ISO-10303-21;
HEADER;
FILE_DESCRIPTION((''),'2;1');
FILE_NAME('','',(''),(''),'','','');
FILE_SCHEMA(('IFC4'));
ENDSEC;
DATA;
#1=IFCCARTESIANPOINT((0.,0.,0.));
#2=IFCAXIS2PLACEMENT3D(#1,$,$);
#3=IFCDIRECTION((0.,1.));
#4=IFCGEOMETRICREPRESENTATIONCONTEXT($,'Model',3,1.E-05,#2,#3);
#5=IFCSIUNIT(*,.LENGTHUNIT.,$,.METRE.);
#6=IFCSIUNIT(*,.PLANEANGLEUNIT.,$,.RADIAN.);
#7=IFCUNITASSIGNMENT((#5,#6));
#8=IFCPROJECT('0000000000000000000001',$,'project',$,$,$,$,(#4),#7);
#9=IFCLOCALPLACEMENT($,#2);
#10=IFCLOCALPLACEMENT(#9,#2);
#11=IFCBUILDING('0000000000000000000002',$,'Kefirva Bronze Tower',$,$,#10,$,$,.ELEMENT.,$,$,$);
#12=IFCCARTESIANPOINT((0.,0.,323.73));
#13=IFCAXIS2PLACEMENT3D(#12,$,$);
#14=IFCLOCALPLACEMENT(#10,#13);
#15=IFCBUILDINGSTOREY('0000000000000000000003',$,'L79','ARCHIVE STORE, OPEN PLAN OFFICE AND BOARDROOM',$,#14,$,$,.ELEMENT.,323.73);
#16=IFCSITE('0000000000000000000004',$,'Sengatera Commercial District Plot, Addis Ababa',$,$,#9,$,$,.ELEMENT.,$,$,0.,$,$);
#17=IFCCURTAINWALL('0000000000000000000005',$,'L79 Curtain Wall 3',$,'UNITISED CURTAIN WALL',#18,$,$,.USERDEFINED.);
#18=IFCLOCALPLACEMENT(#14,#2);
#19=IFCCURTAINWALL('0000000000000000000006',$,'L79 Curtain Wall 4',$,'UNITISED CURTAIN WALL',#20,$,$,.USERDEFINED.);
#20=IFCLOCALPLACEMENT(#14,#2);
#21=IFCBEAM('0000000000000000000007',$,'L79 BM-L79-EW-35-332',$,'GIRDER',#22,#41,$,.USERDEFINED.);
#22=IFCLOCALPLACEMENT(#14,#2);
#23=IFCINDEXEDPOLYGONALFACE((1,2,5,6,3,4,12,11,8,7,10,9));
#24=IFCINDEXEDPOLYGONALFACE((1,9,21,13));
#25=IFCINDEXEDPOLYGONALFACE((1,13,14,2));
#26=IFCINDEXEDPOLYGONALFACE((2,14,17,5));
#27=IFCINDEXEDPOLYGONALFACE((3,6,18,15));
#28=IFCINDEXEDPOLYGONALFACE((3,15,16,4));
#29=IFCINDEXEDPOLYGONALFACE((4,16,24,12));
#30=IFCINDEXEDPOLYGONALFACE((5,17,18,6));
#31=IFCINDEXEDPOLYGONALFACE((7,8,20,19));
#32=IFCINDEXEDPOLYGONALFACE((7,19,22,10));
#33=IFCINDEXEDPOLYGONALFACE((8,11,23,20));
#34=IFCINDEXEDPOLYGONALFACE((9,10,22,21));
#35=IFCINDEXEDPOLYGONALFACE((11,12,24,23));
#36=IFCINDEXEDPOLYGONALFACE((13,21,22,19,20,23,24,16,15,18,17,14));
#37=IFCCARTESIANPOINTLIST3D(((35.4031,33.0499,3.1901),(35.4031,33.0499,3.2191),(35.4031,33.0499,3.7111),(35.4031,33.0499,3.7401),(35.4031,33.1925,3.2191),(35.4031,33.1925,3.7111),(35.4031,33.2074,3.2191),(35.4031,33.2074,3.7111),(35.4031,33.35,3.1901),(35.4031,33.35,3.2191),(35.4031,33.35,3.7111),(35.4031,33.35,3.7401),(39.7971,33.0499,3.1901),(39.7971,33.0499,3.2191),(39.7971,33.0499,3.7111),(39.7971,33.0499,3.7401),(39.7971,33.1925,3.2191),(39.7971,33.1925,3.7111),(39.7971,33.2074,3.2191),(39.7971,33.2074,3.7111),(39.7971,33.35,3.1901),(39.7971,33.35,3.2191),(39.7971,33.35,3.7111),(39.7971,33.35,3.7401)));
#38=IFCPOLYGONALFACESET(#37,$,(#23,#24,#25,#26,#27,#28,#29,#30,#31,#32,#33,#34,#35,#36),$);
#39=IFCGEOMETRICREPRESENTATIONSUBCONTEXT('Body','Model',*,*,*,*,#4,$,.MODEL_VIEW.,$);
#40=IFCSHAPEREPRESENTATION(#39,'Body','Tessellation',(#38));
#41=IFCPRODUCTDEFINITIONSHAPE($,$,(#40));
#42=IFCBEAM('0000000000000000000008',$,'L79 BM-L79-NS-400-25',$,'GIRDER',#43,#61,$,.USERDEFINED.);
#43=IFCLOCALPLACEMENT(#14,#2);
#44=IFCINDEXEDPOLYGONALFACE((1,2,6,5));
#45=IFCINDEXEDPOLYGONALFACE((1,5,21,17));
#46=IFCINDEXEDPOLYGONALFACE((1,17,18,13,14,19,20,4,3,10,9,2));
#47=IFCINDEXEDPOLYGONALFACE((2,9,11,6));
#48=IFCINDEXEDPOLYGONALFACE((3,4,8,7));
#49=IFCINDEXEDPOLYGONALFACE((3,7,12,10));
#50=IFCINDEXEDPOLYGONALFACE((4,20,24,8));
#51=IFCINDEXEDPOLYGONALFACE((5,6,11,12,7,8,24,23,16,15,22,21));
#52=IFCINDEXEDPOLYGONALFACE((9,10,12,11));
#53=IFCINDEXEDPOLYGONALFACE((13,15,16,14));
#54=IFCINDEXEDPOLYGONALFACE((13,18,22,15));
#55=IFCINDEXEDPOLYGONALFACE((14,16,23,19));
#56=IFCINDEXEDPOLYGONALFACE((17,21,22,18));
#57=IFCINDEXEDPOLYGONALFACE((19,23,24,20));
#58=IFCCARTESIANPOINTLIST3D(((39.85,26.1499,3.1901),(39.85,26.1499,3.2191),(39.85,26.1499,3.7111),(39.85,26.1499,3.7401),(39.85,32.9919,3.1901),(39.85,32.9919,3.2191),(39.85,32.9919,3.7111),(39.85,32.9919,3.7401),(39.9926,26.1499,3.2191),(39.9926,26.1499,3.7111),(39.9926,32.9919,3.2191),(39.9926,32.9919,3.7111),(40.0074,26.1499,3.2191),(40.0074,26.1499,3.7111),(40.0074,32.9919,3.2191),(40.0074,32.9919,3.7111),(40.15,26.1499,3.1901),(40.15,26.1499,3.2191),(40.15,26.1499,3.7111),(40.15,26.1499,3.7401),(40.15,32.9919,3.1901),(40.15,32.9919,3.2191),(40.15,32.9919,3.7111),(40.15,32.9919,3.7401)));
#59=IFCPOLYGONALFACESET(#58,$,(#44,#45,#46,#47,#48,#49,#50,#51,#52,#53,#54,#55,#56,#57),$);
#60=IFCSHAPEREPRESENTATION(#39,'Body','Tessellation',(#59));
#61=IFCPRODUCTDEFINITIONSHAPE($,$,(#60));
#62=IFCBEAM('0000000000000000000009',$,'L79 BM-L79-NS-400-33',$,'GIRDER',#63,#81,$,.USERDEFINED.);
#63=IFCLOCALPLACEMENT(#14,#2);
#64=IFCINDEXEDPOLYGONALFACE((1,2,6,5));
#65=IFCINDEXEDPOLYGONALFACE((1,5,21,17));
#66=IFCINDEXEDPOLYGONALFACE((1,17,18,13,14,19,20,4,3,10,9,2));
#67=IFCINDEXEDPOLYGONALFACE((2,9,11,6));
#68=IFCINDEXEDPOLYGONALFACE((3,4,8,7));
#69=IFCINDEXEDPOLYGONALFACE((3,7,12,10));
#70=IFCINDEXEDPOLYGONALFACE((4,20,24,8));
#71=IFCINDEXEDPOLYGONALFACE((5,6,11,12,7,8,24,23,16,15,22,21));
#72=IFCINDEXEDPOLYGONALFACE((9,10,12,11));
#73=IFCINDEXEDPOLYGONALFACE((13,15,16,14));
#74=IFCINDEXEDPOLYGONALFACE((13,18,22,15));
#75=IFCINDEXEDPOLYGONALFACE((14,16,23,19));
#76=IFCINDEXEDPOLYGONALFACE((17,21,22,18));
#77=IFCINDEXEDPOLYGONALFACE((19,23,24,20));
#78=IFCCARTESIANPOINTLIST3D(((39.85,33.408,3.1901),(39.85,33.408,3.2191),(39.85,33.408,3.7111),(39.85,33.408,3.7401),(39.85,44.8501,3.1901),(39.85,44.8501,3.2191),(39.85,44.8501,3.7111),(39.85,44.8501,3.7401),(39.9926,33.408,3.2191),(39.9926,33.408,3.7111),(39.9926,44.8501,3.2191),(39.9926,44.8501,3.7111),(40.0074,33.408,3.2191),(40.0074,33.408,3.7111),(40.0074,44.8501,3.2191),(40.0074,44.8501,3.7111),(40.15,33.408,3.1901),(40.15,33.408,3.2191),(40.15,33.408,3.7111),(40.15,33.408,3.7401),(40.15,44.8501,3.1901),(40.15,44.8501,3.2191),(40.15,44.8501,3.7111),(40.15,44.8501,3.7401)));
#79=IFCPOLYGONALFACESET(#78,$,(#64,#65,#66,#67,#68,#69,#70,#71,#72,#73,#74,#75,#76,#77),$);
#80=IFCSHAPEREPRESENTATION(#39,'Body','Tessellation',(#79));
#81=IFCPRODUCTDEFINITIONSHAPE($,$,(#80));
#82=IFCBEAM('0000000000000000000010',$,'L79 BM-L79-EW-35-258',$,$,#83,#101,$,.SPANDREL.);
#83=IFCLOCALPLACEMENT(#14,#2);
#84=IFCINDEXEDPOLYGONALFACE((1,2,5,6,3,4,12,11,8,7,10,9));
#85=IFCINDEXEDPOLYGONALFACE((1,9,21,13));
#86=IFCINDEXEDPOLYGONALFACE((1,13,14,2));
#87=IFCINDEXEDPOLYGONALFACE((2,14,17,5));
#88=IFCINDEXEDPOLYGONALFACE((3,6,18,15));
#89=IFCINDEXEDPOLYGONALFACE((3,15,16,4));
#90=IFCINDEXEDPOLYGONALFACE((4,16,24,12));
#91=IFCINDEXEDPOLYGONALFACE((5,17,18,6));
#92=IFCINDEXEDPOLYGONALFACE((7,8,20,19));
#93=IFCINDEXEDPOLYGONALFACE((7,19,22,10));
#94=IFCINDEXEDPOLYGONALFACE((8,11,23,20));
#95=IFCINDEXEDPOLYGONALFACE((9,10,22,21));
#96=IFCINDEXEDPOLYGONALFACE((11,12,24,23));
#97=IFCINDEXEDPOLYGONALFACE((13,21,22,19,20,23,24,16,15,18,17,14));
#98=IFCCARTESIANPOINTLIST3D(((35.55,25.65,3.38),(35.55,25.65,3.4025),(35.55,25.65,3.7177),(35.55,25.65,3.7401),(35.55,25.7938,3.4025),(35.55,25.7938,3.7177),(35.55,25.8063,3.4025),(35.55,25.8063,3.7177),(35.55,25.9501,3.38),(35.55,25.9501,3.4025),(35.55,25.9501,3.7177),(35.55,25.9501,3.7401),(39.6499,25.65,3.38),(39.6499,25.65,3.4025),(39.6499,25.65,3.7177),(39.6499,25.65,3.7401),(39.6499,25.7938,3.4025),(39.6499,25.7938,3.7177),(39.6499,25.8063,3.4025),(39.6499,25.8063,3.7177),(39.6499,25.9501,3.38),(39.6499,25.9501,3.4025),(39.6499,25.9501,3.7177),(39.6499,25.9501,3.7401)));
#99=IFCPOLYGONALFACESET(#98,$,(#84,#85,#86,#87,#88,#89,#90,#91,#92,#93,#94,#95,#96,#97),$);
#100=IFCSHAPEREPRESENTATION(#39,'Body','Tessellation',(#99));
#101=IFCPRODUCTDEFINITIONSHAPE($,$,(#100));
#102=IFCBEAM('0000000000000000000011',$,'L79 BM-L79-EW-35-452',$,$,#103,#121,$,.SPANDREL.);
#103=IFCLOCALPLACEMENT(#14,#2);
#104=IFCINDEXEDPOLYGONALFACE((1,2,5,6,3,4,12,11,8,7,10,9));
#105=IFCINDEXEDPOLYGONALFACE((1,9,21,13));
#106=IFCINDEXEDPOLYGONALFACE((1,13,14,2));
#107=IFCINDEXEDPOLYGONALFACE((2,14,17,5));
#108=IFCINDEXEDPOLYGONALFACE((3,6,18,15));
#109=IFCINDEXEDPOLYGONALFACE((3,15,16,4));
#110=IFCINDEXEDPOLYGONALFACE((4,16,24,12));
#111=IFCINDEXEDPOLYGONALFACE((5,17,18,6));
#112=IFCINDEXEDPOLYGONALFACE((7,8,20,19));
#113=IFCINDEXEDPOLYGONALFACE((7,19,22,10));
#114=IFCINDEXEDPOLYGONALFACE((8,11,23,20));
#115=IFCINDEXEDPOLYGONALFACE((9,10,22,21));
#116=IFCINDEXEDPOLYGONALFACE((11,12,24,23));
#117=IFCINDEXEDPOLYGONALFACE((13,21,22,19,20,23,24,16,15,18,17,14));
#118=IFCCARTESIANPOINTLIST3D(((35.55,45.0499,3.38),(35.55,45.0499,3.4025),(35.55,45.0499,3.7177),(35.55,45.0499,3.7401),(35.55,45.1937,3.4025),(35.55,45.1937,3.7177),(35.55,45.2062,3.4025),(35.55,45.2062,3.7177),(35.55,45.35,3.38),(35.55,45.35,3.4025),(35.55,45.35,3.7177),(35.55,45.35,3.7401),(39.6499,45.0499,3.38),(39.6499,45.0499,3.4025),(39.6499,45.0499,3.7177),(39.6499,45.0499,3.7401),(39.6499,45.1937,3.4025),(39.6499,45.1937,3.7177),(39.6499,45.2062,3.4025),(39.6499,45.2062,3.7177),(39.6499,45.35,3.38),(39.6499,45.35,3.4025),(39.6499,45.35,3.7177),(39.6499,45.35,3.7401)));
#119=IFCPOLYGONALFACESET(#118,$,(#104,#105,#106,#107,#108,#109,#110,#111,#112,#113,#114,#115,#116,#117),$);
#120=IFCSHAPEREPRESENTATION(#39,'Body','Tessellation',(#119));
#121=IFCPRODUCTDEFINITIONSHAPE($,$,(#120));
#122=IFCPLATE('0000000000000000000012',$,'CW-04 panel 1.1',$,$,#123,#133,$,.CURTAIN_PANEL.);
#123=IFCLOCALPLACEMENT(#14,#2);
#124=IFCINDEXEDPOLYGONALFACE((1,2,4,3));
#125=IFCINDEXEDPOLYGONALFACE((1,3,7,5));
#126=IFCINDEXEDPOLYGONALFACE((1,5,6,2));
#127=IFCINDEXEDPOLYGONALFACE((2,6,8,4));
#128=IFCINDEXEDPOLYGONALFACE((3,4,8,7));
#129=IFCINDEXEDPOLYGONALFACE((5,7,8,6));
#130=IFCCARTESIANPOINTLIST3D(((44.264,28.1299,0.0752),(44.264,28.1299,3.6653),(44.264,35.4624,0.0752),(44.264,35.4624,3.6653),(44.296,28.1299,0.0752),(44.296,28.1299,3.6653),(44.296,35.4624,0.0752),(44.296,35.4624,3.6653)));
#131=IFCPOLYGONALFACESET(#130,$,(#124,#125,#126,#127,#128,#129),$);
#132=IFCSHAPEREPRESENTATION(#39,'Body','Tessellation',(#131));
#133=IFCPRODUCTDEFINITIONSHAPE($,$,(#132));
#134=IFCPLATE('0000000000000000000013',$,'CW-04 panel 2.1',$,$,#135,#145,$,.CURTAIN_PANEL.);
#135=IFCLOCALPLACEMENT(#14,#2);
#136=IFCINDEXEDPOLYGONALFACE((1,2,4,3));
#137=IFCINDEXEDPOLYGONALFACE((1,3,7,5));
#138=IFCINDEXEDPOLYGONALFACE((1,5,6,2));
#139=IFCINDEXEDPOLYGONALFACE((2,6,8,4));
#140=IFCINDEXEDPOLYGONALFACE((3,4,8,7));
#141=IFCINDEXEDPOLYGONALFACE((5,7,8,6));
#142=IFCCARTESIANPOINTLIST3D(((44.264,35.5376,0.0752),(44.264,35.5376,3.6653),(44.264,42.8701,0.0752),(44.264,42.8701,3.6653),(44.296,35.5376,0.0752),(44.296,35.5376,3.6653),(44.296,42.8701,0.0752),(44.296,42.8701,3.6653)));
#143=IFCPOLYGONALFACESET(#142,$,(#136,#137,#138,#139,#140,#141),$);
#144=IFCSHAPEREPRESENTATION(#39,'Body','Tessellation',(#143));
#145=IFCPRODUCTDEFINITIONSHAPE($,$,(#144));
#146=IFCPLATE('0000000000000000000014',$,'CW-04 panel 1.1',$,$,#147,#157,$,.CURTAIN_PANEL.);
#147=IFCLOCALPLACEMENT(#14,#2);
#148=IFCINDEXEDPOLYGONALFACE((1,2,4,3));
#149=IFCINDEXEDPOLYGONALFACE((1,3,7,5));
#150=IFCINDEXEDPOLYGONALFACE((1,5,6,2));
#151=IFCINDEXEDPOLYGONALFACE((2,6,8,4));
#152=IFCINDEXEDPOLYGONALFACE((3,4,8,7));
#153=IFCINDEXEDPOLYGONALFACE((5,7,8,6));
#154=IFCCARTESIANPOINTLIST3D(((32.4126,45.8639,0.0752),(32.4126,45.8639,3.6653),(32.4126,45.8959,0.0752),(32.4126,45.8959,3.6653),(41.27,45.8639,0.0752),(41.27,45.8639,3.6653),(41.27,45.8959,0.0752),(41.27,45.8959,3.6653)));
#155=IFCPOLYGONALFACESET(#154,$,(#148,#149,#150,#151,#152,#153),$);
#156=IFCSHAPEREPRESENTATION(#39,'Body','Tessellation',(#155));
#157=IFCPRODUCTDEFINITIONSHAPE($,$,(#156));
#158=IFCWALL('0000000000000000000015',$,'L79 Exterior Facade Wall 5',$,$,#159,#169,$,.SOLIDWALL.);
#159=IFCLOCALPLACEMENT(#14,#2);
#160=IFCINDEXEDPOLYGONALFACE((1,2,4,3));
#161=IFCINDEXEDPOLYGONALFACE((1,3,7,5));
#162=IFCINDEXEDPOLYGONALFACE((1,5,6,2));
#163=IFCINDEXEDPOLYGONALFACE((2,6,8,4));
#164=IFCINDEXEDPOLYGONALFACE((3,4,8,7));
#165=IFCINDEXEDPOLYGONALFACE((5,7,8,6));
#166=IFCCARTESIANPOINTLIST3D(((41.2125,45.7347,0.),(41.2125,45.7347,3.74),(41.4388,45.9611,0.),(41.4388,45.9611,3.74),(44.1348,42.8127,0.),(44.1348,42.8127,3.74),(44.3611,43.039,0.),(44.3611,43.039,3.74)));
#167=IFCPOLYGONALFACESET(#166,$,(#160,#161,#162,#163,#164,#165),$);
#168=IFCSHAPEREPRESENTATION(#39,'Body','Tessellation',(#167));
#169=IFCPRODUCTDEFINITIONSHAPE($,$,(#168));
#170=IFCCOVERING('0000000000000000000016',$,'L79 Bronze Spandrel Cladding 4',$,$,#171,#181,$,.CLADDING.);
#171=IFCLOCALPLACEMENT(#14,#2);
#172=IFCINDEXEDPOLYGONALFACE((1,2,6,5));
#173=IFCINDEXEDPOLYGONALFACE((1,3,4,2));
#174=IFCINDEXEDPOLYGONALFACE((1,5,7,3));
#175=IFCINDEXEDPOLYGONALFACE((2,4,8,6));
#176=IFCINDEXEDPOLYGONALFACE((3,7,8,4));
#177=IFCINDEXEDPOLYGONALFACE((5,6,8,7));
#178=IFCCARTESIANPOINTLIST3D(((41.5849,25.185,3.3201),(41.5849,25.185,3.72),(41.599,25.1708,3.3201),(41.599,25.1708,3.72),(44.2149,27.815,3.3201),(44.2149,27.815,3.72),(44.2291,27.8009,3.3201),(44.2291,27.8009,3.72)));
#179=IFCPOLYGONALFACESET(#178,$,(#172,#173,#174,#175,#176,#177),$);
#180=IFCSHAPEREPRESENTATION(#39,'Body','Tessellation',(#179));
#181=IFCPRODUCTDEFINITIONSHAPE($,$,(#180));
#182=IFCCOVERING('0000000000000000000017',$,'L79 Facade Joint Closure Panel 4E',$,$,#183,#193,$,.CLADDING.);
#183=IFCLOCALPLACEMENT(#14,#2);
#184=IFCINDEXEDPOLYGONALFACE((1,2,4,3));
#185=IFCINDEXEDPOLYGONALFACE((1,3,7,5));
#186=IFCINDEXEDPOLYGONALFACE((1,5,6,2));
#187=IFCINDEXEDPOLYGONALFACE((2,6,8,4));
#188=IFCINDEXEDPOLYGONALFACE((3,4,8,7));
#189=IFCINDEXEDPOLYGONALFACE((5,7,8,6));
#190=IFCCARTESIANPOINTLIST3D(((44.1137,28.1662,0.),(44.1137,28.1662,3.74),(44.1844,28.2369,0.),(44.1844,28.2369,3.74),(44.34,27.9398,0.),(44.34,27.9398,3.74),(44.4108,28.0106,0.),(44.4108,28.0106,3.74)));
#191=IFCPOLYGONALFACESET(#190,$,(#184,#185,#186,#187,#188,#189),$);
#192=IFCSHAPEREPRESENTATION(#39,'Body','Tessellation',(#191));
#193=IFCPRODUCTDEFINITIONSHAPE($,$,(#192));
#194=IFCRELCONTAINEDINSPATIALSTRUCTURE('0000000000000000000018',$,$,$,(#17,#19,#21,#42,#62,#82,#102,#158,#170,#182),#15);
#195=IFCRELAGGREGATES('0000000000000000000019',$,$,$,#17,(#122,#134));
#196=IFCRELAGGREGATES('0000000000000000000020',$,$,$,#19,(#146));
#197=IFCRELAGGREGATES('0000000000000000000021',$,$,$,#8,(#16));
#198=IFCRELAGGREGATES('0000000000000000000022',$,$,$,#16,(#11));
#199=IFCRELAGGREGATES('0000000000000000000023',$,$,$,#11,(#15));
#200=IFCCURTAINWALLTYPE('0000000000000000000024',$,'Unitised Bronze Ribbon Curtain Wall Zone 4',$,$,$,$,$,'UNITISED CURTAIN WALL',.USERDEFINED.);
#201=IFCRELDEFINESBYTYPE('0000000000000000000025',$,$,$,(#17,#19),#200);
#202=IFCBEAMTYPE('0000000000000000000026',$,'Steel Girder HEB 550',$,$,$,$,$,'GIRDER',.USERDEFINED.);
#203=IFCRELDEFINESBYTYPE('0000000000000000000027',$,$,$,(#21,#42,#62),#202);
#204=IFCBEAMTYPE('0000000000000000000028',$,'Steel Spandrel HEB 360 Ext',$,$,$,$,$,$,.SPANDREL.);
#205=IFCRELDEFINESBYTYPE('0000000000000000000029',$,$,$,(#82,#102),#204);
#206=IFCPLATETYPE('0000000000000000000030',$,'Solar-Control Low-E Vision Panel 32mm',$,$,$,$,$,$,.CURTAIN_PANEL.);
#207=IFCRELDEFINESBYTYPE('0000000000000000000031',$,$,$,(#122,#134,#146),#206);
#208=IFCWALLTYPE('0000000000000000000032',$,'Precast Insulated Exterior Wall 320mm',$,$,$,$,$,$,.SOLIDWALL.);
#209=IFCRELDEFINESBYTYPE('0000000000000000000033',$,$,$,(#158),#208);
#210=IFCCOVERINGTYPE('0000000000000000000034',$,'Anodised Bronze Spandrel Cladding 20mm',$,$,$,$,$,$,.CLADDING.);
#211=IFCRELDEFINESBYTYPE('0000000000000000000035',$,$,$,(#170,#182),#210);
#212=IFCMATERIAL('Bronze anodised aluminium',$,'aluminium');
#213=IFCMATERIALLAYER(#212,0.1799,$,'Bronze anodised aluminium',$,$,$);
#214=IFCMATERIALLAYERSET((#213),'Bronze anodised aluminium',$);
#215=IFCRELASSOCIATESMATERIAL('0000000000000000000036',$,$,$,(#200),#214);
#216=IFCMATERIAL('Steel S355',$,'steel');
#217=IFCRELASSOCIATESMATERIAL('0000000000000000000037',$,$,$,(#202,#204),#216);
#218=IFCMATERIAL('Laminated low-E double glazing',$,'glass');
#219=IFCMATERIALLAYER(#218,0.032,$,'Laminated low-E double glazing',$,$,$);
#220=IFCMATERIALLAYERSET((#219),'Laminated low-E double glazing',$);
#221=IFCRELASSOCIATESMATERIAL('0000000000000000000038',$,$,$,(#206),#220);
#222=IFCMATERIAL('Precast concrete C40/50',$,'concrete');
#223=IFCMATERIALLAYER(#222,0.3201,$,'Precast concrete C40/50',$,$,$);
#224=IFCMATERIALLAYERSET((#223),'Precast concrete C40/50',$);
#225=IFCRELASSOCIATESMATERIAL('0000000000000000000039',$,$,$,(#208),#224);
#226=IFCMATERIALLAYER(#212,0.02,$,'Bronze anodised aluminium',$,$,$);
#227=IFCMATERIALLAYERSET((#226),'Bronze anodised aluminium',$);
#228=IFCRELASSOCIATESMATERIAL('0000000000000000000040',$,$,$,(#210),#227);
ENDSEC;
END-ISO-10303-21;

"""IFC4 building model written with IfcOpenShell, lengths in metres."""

from ifc_helpers import new_model, si_unit, direction, frame, frame_2d, origin, origin_2d, place, context, subcontext, project, spatial, rectangle, i_section, extrude, material, layer, layer_set, material_profile, profile_set, type_object, element, aggregate, save


model = new_model("IFC4")

# Units and contexts
model_context = context("Model", 3, precision=1e-05, world=origin(), true_north=direction((0.0, 1.0)))
body_context = subcontext(model_context, "Body", "Model", "MODEL_VIEW")
ifc_project = project(units=[si_unit("LENGTHUNIT", "METRE"), si_unit("PLANEANGLEUNIT", "RADIAN")], contexts=[model_context])

# Site, building, storey
site_placement = place(None, origin())
site = spatial("IfcSite", under=ifc_project, at=site_placement, Name="Sengatera Commercial District Plot, Addis Ababa", CompositionType="ELEMENT", RefElevation=0.0)
building_placement = place(site_placement, origin())
building = spatial("IfcBuilding", under=site, at=building_placement, Name="Kefirva Bronze Tower", CompositionType="ELEMENT")
storey_placement = place(building_placement, frame((0.0, 0.0, 323.73)))
storey = spatial("IfcBuildingStorey", under=building, at=storey_placement, Name="L79", Description="ARCHIVE STORE, OPEN PLAN OFFICE AND BOARDROOM", CompositionType="ELEMENT", Elevation=323.73)

# Curtain wall
ifc_material_1 = material(Name="Bronze anodised aluminium", Category="aluminium")
ifc_layer_1 = layer(ifc_material_1, 0.1799, Name="Bronze anodised aluminium")
ifc_layer_set_1 = layer_set([ifc_layer_1], Name="Bronze anodised aluminium")
curtain_wall_type = type_object("IfcCurtainWallType", Name="Unitised Bronze Ribbon Curtain Wall Zone 4", ElementType="UNITISED CURTAIN WALL", PredefinedType="USERDEFINED", material=ifc_layer_set_1)
curtain_wall_1_placement = place(storey_placement, origin())
curtain_wall_1 = element("IfcCurtainWall", 1, at=curtain_wall_1_placement, inside=storey, type_object=curtain_wall_type, Name="L79 Curtain Wall 3", ObjectType="UNITISED CURTAIN WALL", PredefinedType="USERDEFINED")

# Curtain wall
curtain_wall_2_placement = place(storey_placement, origin())
curtain_wall_2 = element("IfcCurtainWall", 2, at=curtain_wall_2_placement, inside=storey, type_object=curtain_wall_type, Name="L79 Curtain Wall 4", ObjectType="UNITISED CURTAIN WALL", PredefinedType="USERDEFINED")

# Beams
ifc_material_2 = material(Name="Steel S355", Category="steel")
ifc_material_profile_1 = material_profile(ifc_material_2, i_section(OverallWidth=0.3, OverallDepth=0.55, WebThickness=0.0149, FlangeThickness=0.0291, at=origin_2d()), Name="HEB 550")
ifc_profile_set_1 = profile_set([ifc_material_profile_1], Name="Steel S355")
beam_type_1 = type_object("IfcBeamType", Name="Steel Girder HEB 550", ElementType="GIRDER", PredefinedType="USERDEFINED", material=ifc_profile_set_1)
beam_1_placement = place(storey_placement, frame((35.4031, 33.2, 3.4651), z_axis=(1.0, 0.0, 0.0), x_axis=(0.0, 1.0, 0.0)))
element("IfcBeam", 3, at=beam_1_placement, inside=storey, type_object=beam_type_1, Name="L79 BM-L79-EW-35-332", ObjectType="GIRDER", PredefinedType="USERDEFINED", context=body_context, shape_type="SweptSolid", body=[
    extrude(i_section(OverallWidth=0.3, OverallDepth=0.55, WebThickness=0.0149, FlangeThickness=0.0291, at=origin_2d()), origin(), (0.0, 0.0, 1.0), 4.394),
])
beam_2_placement = place(storey_placement, frame((40.0, 26.1499, 3.4651), z_axis=(0.0, 1.0, 0.0), x_axis=(-1.0, 0.0, 0.0)))
element("IfcBeam", 4, at=beam_2_placement, inside=storey, type_object=beam_type_1, Name="L79 BM-L79-NS-400-25", ObjectType="GIRDER", PredefinedType="USERDEFINED", context=body_context, shape_type="SweptSolid", body=[
    extrude(i_section(OverallWidth=0.3, OverallDepth=0.55, WebThickness=0.0149, FlangeThickness=0.0291, at=origin_2d()), origin(), (0.0, 0.0, 1.0), 6.842),
])
beam_3_placement = place(storey_placement, frame((40.0, 33.408, 3.4651), z_axis=(0.0, 1.0, 0.0), x_axis=(-1.0, 0.0, 0.0)))
element("IfcBeam", 5, at=beam_3_placement, inside=storey, type_object=beam_type_1, Name="L79 BM-L79-NS-400-33", ObjectType="GIRDER", PredefinedType="USERDEFINED", context=body_context, shape_type="SweptSolid", body=[
    extrude(i_section(OverallWidth=0.3, OverallDepth=0.55, WebThickness=0.0149, FlangeThickness=0.0291, at=origin_2d()), origin(), (0.0, 0.0, 1.0), 11.4421),
])
ifc_material_profile_2 = material_profile(ifc_material_2, i_section(OverallWidth=0.3, OverallDepth=0.3601, WebThickness=0.0125, FlangeThickness=0.0225, at=origin_2d()), Name="HEB 360")
ifc_profile_set_2 = profile_set([ifc_material_profile_2], Name="Steel S355")
beam_type_2 = type_object("IfcBeamType", Name="Steel Spandrel HEB 360 Ext", PredefinedType="SPANDREL", material=ifc_profile_set_2)
for number, where, z_axis, x_axis, name in (
    (6, (35.55, 25.8, 3.5601), (1.0, 0.0, 0.0), (0.0, 1.0, 0.0), "L79 BM-L79-EW-35-258"),
    (7, (35.55, 45.2, 3.5601), (1.0, 0.0, 0.0), (0.0, 1.0, 0.0), "L79 BM-L79-EW-35-452"),
):
    element("IfcBeam", number, at=place(storey_placement, frame(where, z_axis=z_axis, x_axis=x_axis)), inside=storey, type_object=beam_type_2, Name=name, PredefinedType="SPANDREL", context=body_context, shape_type="SweptSolid", body=[
        extrude(i_section(OverallWidth=0.3, OverallDepth=0.3601, WebThickness=0.0125, FlangeThickness=0.0225, at=origin_2d()), origin(), (0.0, 0.0, 1.0), 4.0999),
    ])

# Plates
ifc_material_3 = material(Name="Laminated low-E double glazing", Category="glass")
ifc_layer_2 = layer(ifc_material_3, 0.032, Name="Laminated low-E double glazing")
ifc_layer_set_2 = layer_set([ifc_layer_2], Name="Laminated low-E double glazing")
plate_type = type_object("IfcPlateType", Name="Solar-Control Low-E Vision Panel 32mm", PredefinedType="CURTAIN_PANEL", material=ifc_layer_set_2)
plate_1_placement = place(storey_placement, frame((44.28, 31.7961, 0.0752), z_axis=(0.0, 0.0, 1.0), x_axis=(0.0, 1.0, 0.0)))
plate_1 = element("IfcPlate", 8, at=plate_1_placement, type_object=plate_type, Name="CW-04 panel 1.1", PredefinedType="CURTAIN_PANEL", context=body_context, shape_type="SweptSolid", body=[
    extrude(rectangle(XDim=7.3325, YDim=0.032, at=origin_2d()), origin(), (0.0, 0.0, 1.0), 3.5901),
])
plate_2_placement = place(storey_placement, frame((44.28, 39.2039, 0.0752), z_axis=(0.0, 0.0, 1.0), x_axis=(0.0, 1.0, 0.0)))
plate_2 = element("IfcPlate", 9, at=plate_2_placement, type_object=plate_type, Name="CW-04 panel 2.1", PredefinedType="CURTAIN_PANEL", context=body_context, shape_type="SweptSolid", body=[
    extrude(rectangle(XDim=7.3325, YDim=0.032, at=origin_2d()), origin(), (0.0, 0.0, 1.0), 3.5901),
])
aggregate(curtain_wall_1, [plate_1, plate_2])
plate_3_placement = place(storey_placement, frame((36.8413, 45.8799, 0.0752), z_axis=(0.0, 0.0, 1.0), x_axis=(-1.0, 0.0, 0.0)))
plate_3 = element("IfcPlate", 10, at=plate_3_placement, type_object=plate_type, Name="CW-04 panel 1.1", PredefinedType="CURTAIN_PANEL", context=body_context, shape_type="SweptSolid", body=[
    extrude(rectangle(XDim=8.8574, YDim=0.032, at=origin_2d()), origin(), (0.0, 0.0, 1.0), 3.5901),
])
aggregate(curtain_wall_2, [plate_3])

# Wall
ifc_material_4 = material(Name="Precast concrete C40/50", Category="concrete")
ifc_layer_3 = layer(ifc_material_4, 0.3201, Name="Precast concrete C40/50")
ifc_layer_set_3 = layer_set([ifc_layer_3], Name="Precast concrete C40/50")
wall_type = type_object("IfcWallType", Name="Precast Insulated Exterior Wall 320mm", PredefinedType="SOLIDWALL", material=ifc_layer_set_3)
wall_placement = place(storey_placement, frame((44.248, 42.9258, 0.0), z_axis=(0.0, 0.0, 1.0), x_axis=(-0.707136, 0.707077, 0.0)))
element("IfcWall", 11, at=wall_placement, inside=storey, type_object=wall_type, Name="L79 Exterior Facade Wall 5", PredefinedType="SOLIDWALL", context=body_context, shape_type="SweptSolid", body=[
    extrude(rectangle(XDim=4.1326, YDim=0.3201, at=frame_2d((2.0664, 0.0))), origin(), (0.0, 0.0, 1.0), 3.74),
])

# Coverings
ifc_layer_4 = layer(ifc_material_1, 0.02, Name="Bronze anodised aluminium")
ifc_layer_set_4 = layer_set([ifc_layer_4], Name="Bronze anodised aluminium")
covering_type_1 = type_object("IfcCoveringType", Name="Anodised Bronze Spandrel Cladding 20mm", PredefinedType="CLADDING", material=ifc_layer_set_4)
covering_1_placement = place(storey_placement, frame((42.907, 26.4929, 3.3201), z_axis=(0.0, 0.0, 1.0), x_axis=(0.707107, 0.707107, 0.0)))
element("IfcCovering", 12, at=covering_1_placement, inside=storey, type_object=covering_type_1, Name="L79 Bronze Spandrel Cladding 4", PredefinedType="CLADDING", context=body_context, shape_type="SweptSolid", body=[
    extrude(rectangle(XDim=3.7195, YDim=0.02, at=origin_2d()), origin(), (0.0, 0.0, 1.0), 0.3999),
])
covering_2_placement = place(storey_placement, frame((44.2622, 28.0884, 0.0), z_axis=(0.0, 0.0, 1.0), x_axis=(0.707107, 0.707107, 0.0)))
element("IfcCovering", 13, at=covering_2_placement, inside=storey, type_object=covering_type_1, Name="L79 Facade Joint Closure Panel 4E", PredefinedType="CLADDING", context=body_context, shape_type="SweptSolid", body=[
    extrude(rectangle(XDim=0.1001, YDim=0.3201, at=origin_2d()), origin(), (0.0, 0.0, 1.0), 3.74),
])

save(model, "model.ifc")
